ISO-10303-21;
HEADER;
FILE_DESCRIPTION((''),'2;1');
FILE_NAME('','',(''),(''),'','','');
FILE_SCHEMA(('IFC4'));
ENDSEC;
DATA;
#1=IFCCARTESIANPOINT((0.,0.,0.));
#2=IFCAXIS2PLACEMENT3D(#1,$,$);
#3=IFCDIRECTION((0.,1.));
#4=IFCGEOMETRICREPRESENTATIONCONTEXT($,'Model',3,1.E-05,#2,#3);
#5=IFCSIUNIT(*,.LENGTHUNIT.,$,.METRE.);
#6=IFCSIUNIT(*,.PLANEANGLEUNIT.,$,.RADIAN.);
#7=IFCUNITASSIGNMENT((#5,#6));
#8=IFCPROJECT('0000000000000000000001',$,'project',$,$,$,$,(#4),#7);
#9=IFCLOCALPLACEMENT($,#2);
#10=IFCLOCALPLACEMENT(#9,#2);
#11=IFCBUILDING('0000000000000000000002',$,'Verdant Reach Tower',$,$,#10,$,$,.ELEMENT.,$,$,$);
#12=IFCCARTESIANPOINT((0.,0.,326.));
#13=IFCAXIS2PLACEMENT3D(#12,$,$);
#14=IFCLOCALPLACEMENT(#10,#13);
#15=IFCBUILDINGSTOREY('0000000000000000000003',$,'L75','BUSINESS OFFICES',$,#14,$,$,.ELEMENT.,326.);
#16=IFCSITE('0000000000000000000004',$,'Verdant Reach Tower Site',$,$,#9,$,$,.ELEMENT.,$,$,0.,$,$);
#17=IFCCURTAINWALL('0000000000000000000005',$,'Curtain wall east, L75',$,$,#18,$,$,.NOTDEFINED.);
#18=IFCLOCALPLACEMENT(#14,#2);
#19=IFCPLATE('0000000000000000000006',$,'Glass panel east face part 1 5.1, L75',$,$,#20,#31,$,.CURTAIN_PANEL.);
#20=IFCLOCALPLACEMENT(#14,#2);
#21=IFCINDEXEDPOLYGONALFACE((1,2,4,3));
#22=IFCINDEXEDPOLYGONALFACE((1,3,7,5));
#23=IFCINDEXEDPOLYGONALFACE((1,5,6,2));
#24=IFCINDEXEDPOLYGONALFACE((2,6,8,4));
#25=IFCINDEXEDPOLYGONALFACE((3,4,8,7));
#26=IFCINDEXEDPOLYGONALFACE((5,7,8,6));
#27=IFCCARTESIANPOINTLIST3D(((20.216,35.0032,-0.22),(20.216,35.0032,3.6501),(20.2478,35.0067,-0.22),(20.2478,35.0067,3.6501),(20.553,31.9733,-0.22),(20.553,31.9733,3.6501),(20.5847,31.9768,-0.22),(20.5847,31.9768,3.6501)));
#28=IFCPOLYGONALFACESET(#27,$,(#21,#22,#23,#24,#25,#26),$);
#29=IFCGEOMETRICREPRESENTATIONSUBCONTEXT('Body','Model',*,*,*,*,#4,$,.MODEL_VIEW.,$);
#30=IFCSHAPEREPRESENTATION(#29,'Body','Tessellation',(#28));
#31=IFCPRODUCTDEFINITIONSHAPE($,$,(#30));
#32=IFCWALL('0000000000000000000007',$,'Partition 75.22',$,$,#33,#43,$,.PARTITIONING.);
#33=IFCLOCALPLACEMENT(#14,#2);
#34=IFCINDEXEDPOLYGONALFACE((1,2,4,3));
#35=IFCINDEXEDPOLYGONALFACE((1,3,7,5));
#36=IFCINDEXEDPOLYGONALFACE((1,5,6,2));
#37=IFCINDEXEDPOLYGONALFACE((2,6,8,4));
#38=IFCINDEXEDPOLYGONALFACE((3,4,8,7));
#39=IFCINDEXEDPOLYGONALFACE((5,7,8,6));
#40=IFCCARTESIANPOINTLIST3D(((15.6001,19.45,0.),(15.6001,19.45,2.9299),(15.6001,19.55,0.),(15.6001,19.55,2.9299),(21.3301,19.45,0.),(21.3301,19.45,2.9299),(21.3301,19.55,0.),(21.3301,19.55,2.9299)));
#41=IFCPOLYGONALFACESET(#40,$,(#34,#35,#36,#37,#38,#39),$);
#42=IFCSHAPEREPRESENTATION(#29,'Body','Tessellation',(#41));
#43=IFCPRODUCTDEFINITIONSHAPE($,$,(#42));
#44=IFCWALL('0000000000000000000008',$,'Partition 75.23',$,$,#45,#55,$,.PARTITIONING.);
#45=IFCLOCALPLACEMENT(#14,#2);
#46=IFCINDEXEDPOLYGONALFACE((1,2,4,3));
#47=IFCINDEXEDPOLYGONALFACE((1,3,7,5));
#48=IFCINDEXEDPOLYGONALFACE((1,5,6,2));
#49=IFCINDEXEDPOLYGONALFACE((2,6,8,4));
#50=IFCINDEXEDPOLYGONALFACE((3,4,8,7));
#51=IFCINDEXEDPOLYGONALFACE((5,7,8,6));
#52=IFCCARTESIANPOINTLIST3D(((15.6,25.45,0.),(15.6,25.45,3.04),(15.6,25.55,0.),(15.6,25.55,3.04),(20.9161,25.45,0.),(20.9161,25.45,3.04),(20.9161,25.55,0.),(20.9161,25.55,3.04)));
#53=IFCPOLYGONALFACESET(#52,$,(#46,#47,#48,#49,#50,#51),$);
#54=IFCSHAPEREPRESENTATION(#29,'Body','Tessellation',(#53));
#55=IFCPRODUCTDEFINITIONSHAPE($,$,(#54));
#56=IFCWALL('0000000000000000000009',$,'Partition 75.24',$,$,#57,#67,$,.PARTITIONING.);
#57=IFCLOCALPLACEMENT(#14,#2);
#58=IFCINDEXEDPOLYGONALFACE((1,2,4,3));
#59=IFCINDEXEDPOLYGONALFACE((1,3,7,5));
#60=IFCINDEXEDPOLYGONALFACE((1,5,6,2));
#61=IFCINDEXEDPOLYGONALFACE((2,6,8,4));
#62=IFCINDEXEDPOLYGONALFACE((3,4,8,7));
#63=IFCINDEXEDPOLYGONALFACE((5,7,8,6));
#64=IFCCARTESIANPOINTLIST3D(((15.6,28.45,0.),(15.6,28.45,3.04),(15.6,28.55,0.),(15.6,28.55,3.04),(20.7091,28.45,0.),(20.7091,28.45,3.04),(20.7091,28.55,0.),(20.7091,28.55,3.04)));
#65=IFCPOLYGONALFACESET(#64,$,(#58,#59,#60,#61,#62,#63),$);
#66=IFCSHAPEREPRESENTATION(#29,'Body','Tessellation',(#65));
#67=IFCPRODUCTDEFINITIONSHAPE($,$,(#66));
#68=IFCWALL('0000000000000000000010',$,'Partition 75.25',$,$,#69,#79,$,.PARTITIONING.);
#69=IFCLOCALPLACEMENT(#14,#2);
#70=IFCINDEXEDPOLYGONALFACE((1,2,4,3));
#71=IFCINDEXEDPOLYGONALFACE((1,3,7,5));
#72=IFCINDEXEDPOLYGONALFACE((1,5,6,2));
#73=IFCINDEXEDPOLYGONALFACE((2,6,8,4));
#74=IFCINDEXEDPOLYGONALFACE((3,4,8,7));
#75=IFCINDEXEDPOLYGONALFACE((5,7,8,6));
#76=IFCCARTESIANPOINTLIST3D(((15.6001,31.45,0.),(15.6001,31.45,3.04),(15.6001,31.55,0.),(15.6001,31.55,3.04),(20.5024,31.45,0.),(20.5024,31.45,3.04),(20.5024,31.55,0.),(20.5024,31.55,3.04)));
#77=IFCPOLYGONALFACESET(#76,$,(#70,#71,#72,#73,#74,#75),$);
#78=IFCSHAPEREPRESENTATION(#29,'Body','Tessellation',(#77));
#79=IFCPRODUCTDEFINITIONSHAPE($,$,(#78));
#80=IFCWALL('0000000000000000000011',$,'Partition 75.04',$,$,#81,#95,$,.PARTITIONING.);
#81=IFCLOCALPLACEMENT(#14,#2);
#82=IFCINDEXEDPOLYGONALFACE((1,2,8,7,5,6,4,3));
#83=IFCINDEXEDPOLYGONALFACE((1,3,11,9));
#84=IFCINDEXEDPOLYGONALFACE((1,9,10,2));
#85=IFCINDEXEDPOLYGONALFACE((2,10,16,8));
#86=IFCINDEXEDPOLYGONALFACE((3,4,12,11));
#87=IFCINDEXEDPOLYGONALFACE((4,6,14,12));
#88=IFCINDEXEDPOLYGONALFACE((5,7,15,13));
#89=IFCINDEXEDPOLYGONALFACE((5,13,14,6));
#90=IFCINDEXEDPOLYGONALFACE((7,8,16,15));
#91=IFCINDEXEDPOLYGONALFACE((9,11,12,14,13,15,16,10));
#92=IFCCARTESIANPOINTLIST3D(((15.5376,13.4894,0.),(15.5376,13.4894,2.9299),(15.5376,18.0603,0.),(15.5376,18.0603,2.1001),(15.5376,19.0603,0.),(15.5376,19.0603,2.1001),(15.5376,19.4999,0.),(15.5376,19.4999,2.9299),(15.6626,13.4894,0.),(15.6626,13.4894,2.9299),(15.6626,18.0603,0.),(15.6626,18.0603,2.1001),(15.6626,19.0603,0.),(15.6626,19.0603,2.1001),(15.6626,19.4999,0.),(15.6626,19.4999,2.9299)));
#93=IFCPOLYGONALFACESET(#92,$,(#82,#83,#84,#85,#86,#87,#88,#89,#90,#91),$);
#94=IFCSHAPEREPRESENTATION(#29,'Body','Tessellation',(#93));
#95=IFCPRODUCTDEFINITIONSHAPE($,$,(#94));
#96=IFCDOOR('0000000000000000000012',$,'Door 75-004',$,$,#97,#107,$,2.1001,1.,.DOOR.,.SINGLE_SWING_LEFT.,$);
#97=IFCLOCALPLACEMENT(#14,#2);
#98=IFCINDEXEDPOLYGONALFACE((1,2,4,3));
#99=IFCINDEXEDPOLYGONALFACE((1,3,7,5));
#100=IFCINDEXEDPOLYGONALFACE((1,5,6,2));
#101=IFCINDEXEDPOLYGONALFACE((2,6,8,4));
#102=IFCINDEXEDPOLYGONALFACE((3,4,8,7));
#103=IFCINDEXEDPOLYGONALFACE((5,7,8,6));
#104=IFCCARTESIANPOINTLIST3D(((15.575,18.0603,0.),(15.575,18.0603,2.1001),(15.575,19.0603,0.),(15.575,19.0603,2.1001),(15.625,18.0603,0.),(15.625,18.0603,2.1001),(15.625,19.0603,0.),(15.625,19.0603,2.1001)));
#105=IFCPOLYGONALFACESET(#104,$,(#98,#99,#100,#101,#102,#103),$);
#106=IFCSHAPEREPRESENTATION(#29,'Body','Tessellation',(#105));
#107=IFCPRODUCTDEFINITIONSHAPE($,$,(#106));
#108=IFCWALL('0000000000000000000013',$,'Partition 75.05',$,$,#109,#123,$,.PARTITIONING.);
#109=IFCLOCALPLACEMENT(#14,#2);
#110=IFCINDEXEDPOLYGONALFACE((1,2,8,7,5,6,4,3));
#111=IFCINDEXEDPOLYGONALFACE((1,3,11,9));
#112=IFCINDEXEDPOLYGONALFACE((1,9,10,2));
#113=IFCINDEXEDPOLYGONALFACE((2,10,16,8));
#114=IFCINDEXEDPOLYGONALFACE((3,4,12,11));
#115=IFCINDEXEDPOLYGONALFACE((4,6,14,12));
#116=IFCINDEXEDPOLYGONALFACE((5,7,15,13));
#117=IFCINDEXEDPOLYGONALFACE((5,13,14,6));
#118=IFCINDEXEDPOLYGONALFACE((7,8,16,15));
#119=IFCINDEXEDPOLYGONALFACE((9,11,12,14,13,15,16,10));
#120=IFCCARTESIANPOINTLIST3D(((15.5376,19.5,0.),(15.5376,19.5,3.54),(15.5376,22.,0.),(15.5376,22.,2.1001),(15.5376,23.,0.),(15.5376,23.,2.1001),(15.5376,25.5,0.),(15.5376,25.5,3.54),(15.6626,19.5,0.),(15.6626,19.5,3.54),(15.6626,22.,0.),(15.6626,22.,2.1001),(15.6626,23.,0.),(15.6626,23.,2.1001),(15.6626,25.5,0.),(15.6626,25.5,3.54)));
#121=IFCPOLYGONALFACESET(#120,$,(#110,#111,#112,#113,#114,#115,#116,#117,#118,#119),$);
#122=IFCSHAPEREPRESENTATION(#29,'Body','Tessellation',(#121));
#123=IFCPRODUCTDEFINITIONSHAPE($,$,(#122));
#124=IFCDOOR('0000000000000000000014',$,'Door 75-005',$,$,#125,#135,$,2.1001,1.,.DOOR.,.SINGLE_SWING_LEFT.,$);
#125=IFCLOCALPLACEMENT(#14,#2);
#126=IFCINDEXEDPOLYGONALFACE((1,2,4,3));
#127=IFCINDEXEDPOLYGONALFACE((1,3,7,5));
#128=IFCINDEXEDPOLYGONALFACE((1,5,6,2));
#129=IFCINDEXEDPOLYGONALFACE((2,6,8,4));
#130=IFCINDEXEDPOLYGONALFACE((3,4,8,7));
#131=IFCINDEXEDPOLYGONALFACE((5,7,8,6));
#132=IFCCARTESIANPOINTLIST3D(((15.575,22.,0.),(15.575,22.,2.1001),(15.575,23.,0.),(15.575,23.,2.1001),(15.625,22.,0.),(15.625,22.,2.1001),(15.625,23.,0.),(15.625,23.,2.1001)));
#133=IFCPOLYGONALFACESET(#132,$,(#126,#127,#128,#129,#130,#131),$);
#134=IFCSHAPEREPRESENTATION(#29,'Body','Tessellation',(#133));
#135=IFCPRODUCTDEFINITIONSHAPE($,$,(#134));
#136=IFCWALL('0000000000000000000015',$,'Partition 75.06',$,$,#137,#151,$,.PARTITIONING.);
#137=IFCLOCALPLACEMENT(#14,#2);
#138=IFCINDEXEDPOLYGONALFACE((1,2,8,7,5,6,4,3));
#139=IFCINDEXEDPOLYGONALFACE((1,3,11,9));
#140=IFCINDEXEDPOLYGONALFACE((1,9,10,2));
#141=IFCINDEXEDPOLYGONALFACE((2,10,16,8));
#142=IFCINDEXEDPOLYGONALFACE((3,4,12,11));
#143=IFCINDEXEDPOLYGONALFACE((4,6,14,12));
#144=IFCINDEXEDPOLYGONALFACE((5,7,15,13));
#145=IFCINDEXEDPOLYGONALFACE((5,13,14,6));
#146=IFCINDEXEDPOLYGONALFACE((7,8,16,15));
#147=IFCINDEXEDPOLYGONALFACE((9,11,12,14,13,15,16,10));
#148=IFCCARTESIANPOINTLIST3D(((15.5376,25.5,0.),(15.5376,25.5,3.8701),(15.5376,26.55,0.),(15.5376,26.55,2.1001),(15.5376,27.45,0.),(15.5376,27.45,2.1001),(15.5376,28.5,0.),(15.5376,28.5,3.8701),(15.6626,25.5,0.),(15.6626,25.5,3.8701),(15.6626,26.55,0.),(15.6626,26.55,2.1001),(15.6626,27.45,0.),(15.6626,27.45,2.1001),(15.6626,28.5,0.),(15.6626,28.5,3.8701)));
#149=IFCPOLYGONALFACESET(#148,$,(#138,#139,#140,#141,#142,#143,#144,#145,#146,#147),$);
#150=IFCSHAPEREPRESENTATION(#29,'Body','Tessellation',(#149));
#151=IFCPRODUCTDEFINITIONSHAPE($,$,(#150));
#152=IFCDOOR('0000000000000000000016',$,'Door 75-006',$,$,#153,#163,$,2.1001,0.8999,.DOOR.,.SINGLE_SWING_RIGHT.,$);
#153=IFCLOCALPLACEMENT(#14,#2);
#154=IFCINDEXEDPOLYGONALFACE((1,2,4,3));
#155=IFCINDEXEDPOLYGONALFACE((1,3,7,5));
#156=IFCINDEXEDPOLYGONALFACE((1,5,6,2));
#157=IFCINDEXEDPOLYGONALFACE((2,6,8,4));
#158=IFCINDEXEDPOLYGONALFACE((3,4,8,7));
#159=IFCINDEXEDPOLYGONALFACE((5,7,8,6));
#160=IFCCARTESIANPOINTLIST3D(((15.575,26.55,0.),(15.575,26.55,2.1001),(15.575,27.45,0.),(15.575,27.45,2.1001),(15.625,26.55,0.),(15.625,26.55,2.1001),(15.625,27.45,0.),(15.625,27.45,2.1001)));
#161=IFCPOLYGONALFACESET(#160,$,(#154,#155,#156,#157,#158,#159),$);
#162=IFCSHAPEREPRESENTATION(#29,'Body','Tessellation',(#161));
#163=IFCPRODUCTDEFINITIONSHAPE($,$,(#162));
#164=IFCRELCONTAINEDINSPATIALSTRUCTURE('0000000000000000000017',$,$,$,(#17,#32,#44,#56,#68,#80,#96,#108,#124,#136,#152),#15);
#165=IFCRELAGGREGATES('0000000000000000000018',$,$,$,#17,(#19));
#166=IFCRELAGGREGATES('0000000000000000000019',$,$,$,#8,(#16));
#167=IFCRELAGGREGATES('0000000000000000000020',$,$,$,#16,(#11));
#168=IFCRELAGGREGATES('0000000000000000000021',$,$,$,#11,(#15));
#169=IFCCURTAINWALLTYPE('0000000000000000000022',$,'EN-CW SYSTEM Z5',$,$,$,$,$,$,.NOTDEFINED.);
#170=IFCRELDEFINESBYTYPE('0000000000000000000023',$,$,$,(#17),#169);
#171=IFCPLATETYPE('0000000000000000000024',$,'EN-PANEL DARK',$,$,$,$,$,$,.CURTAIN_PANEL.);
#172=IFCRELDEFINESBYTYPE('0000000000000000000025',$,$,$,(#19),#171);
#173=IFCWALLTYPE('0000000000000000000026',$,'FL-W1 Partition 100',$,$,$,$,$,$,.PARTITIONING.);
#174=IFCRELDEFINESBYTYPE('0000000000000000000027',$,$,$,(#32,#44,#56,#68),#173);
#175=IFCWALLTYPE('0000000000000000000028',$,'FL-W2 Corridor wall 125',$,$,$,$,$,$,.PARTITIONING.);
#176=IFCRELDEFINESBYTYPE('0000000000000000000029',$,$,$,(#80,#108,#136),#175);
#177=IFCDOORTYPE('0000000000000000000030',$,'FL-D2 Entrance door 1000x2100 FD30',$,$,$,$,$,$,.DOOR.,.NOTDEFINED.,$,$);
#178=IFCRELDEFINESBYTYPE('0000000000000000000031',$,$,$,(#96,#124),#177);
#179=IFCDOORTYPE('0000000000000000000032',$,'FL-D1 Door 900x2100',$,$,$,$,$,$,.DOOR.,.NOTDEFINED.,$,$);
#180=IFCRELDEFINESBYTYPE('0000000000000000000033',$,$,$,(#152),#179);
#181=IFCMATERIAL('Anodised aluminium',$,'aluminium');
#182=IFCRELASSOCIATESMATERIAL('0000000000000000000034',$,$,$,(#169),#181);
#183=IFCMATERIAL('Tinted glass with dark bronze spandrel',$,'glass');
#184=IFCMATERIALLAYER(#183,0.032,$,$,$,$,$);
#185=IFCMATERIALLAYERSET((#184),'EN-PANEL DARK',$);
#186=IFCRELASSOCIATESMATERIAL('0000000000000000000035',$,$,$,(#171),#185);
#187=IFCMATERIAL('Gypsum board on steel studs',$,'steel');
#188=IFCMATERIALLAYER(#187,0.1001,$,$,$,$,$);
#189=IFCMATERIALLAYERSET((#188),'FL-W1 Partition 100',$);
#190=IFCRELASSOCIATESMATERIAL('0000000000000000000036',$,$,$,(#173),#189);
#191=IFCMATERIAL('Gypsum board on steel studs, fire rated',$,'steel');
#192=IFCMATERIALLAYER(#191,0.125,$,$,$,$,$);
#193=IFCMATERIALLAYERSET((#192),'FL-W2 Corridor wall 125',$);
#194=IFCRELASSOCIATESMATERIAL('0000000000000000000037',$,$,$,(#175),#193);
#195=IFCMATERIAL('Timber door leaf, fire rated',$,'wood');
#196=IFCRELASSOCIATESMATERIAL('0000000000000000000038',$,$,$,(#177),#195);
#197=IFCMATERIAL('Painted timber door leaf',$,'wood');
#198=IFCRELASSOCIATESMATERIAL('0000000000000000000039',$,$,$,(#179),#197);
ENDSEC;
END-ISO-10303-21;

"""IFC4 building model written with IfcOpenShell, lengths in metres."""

from ifc_helpers import new_model, si_unit, direction, frame, frame_2d, origin, origin_2d, place, context, subcontext, project, spatial, rectangle, extrude, material, layer, layer_set, type_object, element, fill, aggregate, save


model = new_model("IFC4")

# Units and contexts
model_context = context("Model", 3, precision=1e-05, world=origin(), true_north=direction((0.0, 1.0)))
body_context = subcontext(model_context, "Body", "Model", "MODEL_VIEW")
ifc_project = project(units=[si_unit("LENGTHUNIT", "METRE"), si_unit("PLANEANGLEUNIT", "RADIAN")], contexts=[model_context])

# Site, building, storey
site_placement = place(None, origin())
site = spatial("IfcSite", under=ifc_project, at=site_placement, Name="Verdant Reach Tower Site", CompositionType="ELEMENT", RefElevation=0.0)
building_placement = place(site_placement, origin())
building = spatial("IfcBuilding", under=site, at=building_placement, Name="Verdant Reach Tower", CompositionType="ELEMENT")
storey_placement = place(building_placement, frame((0.0, 0.0, 326.0)))
storey = spatial("IfcBuildingStorey", under=building, at=storey_placement, Name="L75", Description="BUSINESS OFFICES", CompositionType="ELEMENT", Elevation=326.0)

# Curtain wall
ifc_material_1 = material(Name="Anodised aluminium", Category="aluminium")
curtain_wall_type = type_object("IfcCurtainWallType", Name="EN-CW SYSTEM Z5", PredefinedType="NOTDEFINED", material=ifc_material_1)
curtain_wall_placement = place(storey_placement, origin())
curtain_wall = element("IfcCurtainWall", 1, at=curtain_wall_placement, inside=storey, type_object=curtain_wall_type, Name="Curtain wall east, L75", PredefinedType="NOTDEFINED")

# Plate
ifc_material_2 = material(Name="Tinted glass with dark bronze spandrel", Category="glass")
ifc_layer_1 = layer(ifc_material_2, 0.032)
ifc_layer_set_1 = layer_set([ifc_layer_1], Name="EN-PANEL DARK")
plate_type_1 = type_object("IfcPlateType", Name="EN-PANEL DARK", PredefinedType="CURTAIN_PANEL", material=ifc_layer_set_1)
plate_1_placement = place(storey_placement, frame((20.4004, 33.49, -0.22), z_axis=(0.0, 0.0, 1.0), x_axis=(-0.110518, 0.993874, 0.0)))
plate_1 = element("IfcPlate", 2, at=plate_1_placement, type_object=plate_type_1, Name="Glass panel east face part 1 5.1, L75", PredefinedType="CURTAIN_PANEL", context=body_context, shape_type="SweptSolid", body=[
    extrude(rectangle(XDim=3.0486, YDim=0.032, at=origin_2d()), origin(), (0.0, 0.0, 1.0), 3.8701),
])
aggregate(curtain_wall, [plate_1])

# Walls
ifc_material_3 = material(Name="Gypsum board on steel studs", Category="steel")
ifc_layer_2 = layer(ifc_material_3, 0.1001)
ifc_layer_set_2 = layer_set([ifc_layer_2], Name="FL-W1 Partition 100")
wall_type_1 = type_object("IfcWallType", Name="FL-W1 Partition 100", PredefinedType="PARTITIONING", material=ifc_layer_set_2)
wall_1_placement = place(storey_placement, frame((21.3301, 19.5, 0.0), z_axis=(0.0, 0.0, 1.0), x_axis=(-1.0, 0.0, 0.0)))
element("IfcWall", 3, at=wall_1_placement, inside=storey, type_object=wall_type_1, Name="Partition 75.22", PredefinedType="PARTITIONING", context=body_context, shape_type="SweptSolid", body=[
    extrude(rectangle(XDim=5.73, YDim=0.1001, at=frame_2d((2.865, 0.0))), origin(), (0.0, 0.0, 1.0), 2.9299),
])
wall_2_placement = place(storey_placement, frame((20.9163, 25.5, 0.0), z_axis=(0.0, 0.0, 1.0), x_axis=(-1.0, 0.0, 0.0)))
element("IfcWall", 4, at=wall_2_placement, inside=storey, type_object=wall_type_1, Name="Partition 75.23", PredefinedType="PARTITIONING", context=body_context, shape_type="SweptSolid", body=[
    extrude(rectangle(XDim=5.3162, YDim=0.1001, at=frame_2d((2.6582, 0.0))), origin(), (0.0, 0.0, 1.0), 3.04),
])
wall_3_placement = place(storey_placement, frame((20.7092, 28.5, 0.0), z_axis=(0.0, 0.0, 1.0), x_axis=(-1.0, 0.0, 0.0)))
element("IfcWall", 5, at=wall_3_placement, inside=storey, type_object=wall_type_1, Name="Partition 75.24", PredefinedType="PARTITIONING", context=body_context, shape_type="SweptSolid", body=[
    extrude(rectangle(XDim=5.1091, YDim=0.1001, at=frame_2d((2.5547, 0.0))), origin(), (0.0, 0.0, 1.0), 3.04),
])
wall_4_placement = place(storey_placement, frame((20.5024, 31.5, 0.0), z_axis=(0.0, 0.0, 1.0), x_axis=(-1.0, 0.0, 0.0)))
element("IfcWall", 6, at=wall_4_placement, inside=storey, type_object=wall_type_1, Name="Partition 75.25", PredefinedType="PARTITIONING", context=body_context, shape_type="SweptSolid", body=[
    extrude(rectangle(XDim=4.9023, YDim=0.1001, at=frame_2d((2.4512, 0.0))), origin(), (0.0, 0.0, 1.0), 3.04),
])

# Walls, openings, doors
ifc_material_4 = material(Name="Gypsum board on steel studs, fire rated", Category="steel")
ifc_layer_3 = layer(ifc_material_4, 0.125)
ifc_layer_set_3 = layer_set([ifc_layer_3], Name="FL-W2 Corridor wall 125")
wall_type_2 = type_object("IfcWallType", Name="FL-W2 Corridor wall 125", PredefinedType="PARTITIONING", material=ifc_layer_set_3)
wall_5_placement = place(storey_placement, frame((15.6001, 19.5, 0.0), z_axis=(0.0, 0.0, 1.0), x_axis=(0.0, -1.0, 0.0)))
wall_5 = element("IfcWall", 7, at=wall_5_placement, inside=storey, type_object=wall_type_2, Name="Partition 75.04", PredefinedType="PARTITIONING", context=body_context, shape_type="SweptSolid", body=[
    extrude(rectangle(XDim=6.0105, YDim=0.125, at=frame_2d((3.0054, 0.0))), origin(), (0.0, 0.0, 1.0), 2.9299),
])
opening_1_placement = place(wall_5_placement, frame((0.4397, 0.0, 0.0)))
opening_1 = element("IfcOpeningElement", 8, at=opening_1_placement, cuts=wall_5, PredefinedType="OPENING", context=body_context, shape_type="SweptSolid", body=[
    extrude(rectangle(XDim=1.0, YDim=2.1001, at=frame_2d((0.5, 1.05))), frame((0.0, 0.0725, 0.0), z_axis=(0.0, -1.0, 0.0), x_axis=(1.0, 0.0, 0.0)), (0.0, 0.0, 1.0), 0.145),
])
ifc_material_5 = material(Name="Timber door leaf, fire rated", Category="wood")
door_type_1 = type_object("IfcDoorType", Name="FL-D2 Entrance door 1000x2100 FD30", OperationType="NOTDEFINED", PredefinedType="DOOR", material=ifc_material_5)
door_1_placement = place(opening_1_placement, origin())
door_1 = element("IfcDoor", 9, at=door_1_placement, inside=storey, type_object=door_type_1, Name="Door 75-004", OperationType="SINGLE_SWING_LEFT", OverallHeight=2.1001, OverallWidth=1.0, PredefinedType="DOOR", context=body_context, shape_type="SweptSolid", body=[
    extrude(rectangle(XDim=1.0, YDim=2.1001, at=frame_2d((0.5, 1.05))), frame((0.0, 0.0249, 0.0), z_axis=(0.0, -1.0, 0.0), x_axis=(1.0, 0.0, 0.0)), (0.0, 0.0, 1.0), 0.05),
])
fill(opening_1, door_1)
wall_6_placement = place(storey_placement, frame((15.6001, 25.5, 0.0), z_axis=(0.0, 0.0, 1.0), x_axis=(0.0, -1.0, 0.0)))
wall_6 = element("IfcWall", 10, at=wall_6_placement, inside=storey, type_object=wall_type_2, Name="Partition 75.05", PredefinedType="PARTITIONING", context=body_context, shape_type="SweptSolid", body=[
    extrude(rectangle(XDim=6.0, YDim=0.125, at=frame_2d((3.0, 0.0))), origin(), (0.0, 0.0, 1.0), 3.54),
])
opening_2_placement = place(wall_6_placement, frame((2.5, 0.0, 0.0)))
opening_2 = element("IfcOpeningElement", 11, at=opening_2_placement, cuts=wall_6, PredefinedType="OPENING", context=body_context, shape_type="SweptSolid", body=[
    extrude(rectangle(XDim=1.0, YDim=2.1001, at=frame_2d((0.5, 1.05))), frame((0.0, 0.0725, 0.0), z_axis=(0.0, -1.0, 0.0), x_axis=(1.0, 0.0, 0.0)), (0.0, 0.0, 1.0), 0.145),
])
door_2_placement = place(opening_2_placement, origin())
door_2 = element("IfcDoor", 12, at=door_2_placement, inside=storey, type_object=door_type_1, Name="Door 75-005", OperationType="SINGLE_SWING_LEFT", OverallHeight=2.1001, OverallWidth=1.0, PredefinedType="DOOR", context=body_context, shape_type="SweptSolid", body=[
    extrude(rectangle(XDim=1.0, YDim=2.1001, at=frame_2d((0.5, 1.05))), frame((0.0, 0.0249, 0.0), z_axis=(0.0, -1.0, 0.0), x_axis=(1.0, 0.0, 0.0)), (0.0, 0.0, 1.0), 0.05),
])
fill(opening_2, door_2)
wall_7_placement = place(storey_placement, frame((15.6001, 28.5, 0.0), z_axis=(0.0, 0.0, 1.0), x_axis=(0.0, -1.0, 0.0)))
wall_7 = element("IfcWall", 13, at=wall_7_placement, inside=storey, type_object=wall_type_2, Name="Partition 75.06", PredefinedType="PARTITIONING", context=body_context, shape_type="SweptSolid", body=[
    extrude(rectangle(XDim=3.0, YDim=0.125, at=frame_2d((1.5, 0.0))), origin(), (0.0, 0.0, 1.0), 3.8701),
])
opening_3_placement = place(wall_7_placement, frame((1.05, 0.0, 0.0)))
opening_3 = element("IfcOpeningElement", 14, at=opening_3_placement, cuts=wall_7, PredefinedType="OPENING", context=body_context, shape_type="SweptSolid", body=[
    extrude(rectangle(XDim=0.8999, YDim=2.1001, at=frame_2d((0.45, 1.05))), frame((0.0, 0.0725, 0.0), z_axis=(0.0, -1.0, 0.0), x_axis=(1.0, 0.0, 0.0)), (0.0, 0.0, 1.0), 0.145),
])
ifc_material_6 = material(Name="Painted timber door leaf", Category="wood")
door_type_2 = type_object("IfcDoorType", Name="FL-D1 Door 900x2100", OperationType="NOTDEFINED", PredefinedType="DOOR", material=ifc_material_6)
door_3_placement = place(opening_3_placement, origin())
door_3 = element("IfcDoor", 15, at=door_3_placement, inside=storey, type_object=door_type_2, Name="Door 75-006", OperationType="SINGLE_SWING_RIGHT", OverallHeight=2.1001, OverallWidth=0.8999, PredefinedType="DOOR", context=body_context, shape_type="SweptSolid", body=[
    extrude(rectangle(XDim=0.8999, YDim=2.1001, at=frame_2d((0.45, 1.05))), frame((0.0, 0.0249, 0.0), z_axis=(0.0, -1.0, 0.0), x_axis=(1.0, 0.0, 0.0)), (0.0, 0.0, 1.0), 0.05),
])
fill(opening_3, door_3)

save(model, "model.ifc")
